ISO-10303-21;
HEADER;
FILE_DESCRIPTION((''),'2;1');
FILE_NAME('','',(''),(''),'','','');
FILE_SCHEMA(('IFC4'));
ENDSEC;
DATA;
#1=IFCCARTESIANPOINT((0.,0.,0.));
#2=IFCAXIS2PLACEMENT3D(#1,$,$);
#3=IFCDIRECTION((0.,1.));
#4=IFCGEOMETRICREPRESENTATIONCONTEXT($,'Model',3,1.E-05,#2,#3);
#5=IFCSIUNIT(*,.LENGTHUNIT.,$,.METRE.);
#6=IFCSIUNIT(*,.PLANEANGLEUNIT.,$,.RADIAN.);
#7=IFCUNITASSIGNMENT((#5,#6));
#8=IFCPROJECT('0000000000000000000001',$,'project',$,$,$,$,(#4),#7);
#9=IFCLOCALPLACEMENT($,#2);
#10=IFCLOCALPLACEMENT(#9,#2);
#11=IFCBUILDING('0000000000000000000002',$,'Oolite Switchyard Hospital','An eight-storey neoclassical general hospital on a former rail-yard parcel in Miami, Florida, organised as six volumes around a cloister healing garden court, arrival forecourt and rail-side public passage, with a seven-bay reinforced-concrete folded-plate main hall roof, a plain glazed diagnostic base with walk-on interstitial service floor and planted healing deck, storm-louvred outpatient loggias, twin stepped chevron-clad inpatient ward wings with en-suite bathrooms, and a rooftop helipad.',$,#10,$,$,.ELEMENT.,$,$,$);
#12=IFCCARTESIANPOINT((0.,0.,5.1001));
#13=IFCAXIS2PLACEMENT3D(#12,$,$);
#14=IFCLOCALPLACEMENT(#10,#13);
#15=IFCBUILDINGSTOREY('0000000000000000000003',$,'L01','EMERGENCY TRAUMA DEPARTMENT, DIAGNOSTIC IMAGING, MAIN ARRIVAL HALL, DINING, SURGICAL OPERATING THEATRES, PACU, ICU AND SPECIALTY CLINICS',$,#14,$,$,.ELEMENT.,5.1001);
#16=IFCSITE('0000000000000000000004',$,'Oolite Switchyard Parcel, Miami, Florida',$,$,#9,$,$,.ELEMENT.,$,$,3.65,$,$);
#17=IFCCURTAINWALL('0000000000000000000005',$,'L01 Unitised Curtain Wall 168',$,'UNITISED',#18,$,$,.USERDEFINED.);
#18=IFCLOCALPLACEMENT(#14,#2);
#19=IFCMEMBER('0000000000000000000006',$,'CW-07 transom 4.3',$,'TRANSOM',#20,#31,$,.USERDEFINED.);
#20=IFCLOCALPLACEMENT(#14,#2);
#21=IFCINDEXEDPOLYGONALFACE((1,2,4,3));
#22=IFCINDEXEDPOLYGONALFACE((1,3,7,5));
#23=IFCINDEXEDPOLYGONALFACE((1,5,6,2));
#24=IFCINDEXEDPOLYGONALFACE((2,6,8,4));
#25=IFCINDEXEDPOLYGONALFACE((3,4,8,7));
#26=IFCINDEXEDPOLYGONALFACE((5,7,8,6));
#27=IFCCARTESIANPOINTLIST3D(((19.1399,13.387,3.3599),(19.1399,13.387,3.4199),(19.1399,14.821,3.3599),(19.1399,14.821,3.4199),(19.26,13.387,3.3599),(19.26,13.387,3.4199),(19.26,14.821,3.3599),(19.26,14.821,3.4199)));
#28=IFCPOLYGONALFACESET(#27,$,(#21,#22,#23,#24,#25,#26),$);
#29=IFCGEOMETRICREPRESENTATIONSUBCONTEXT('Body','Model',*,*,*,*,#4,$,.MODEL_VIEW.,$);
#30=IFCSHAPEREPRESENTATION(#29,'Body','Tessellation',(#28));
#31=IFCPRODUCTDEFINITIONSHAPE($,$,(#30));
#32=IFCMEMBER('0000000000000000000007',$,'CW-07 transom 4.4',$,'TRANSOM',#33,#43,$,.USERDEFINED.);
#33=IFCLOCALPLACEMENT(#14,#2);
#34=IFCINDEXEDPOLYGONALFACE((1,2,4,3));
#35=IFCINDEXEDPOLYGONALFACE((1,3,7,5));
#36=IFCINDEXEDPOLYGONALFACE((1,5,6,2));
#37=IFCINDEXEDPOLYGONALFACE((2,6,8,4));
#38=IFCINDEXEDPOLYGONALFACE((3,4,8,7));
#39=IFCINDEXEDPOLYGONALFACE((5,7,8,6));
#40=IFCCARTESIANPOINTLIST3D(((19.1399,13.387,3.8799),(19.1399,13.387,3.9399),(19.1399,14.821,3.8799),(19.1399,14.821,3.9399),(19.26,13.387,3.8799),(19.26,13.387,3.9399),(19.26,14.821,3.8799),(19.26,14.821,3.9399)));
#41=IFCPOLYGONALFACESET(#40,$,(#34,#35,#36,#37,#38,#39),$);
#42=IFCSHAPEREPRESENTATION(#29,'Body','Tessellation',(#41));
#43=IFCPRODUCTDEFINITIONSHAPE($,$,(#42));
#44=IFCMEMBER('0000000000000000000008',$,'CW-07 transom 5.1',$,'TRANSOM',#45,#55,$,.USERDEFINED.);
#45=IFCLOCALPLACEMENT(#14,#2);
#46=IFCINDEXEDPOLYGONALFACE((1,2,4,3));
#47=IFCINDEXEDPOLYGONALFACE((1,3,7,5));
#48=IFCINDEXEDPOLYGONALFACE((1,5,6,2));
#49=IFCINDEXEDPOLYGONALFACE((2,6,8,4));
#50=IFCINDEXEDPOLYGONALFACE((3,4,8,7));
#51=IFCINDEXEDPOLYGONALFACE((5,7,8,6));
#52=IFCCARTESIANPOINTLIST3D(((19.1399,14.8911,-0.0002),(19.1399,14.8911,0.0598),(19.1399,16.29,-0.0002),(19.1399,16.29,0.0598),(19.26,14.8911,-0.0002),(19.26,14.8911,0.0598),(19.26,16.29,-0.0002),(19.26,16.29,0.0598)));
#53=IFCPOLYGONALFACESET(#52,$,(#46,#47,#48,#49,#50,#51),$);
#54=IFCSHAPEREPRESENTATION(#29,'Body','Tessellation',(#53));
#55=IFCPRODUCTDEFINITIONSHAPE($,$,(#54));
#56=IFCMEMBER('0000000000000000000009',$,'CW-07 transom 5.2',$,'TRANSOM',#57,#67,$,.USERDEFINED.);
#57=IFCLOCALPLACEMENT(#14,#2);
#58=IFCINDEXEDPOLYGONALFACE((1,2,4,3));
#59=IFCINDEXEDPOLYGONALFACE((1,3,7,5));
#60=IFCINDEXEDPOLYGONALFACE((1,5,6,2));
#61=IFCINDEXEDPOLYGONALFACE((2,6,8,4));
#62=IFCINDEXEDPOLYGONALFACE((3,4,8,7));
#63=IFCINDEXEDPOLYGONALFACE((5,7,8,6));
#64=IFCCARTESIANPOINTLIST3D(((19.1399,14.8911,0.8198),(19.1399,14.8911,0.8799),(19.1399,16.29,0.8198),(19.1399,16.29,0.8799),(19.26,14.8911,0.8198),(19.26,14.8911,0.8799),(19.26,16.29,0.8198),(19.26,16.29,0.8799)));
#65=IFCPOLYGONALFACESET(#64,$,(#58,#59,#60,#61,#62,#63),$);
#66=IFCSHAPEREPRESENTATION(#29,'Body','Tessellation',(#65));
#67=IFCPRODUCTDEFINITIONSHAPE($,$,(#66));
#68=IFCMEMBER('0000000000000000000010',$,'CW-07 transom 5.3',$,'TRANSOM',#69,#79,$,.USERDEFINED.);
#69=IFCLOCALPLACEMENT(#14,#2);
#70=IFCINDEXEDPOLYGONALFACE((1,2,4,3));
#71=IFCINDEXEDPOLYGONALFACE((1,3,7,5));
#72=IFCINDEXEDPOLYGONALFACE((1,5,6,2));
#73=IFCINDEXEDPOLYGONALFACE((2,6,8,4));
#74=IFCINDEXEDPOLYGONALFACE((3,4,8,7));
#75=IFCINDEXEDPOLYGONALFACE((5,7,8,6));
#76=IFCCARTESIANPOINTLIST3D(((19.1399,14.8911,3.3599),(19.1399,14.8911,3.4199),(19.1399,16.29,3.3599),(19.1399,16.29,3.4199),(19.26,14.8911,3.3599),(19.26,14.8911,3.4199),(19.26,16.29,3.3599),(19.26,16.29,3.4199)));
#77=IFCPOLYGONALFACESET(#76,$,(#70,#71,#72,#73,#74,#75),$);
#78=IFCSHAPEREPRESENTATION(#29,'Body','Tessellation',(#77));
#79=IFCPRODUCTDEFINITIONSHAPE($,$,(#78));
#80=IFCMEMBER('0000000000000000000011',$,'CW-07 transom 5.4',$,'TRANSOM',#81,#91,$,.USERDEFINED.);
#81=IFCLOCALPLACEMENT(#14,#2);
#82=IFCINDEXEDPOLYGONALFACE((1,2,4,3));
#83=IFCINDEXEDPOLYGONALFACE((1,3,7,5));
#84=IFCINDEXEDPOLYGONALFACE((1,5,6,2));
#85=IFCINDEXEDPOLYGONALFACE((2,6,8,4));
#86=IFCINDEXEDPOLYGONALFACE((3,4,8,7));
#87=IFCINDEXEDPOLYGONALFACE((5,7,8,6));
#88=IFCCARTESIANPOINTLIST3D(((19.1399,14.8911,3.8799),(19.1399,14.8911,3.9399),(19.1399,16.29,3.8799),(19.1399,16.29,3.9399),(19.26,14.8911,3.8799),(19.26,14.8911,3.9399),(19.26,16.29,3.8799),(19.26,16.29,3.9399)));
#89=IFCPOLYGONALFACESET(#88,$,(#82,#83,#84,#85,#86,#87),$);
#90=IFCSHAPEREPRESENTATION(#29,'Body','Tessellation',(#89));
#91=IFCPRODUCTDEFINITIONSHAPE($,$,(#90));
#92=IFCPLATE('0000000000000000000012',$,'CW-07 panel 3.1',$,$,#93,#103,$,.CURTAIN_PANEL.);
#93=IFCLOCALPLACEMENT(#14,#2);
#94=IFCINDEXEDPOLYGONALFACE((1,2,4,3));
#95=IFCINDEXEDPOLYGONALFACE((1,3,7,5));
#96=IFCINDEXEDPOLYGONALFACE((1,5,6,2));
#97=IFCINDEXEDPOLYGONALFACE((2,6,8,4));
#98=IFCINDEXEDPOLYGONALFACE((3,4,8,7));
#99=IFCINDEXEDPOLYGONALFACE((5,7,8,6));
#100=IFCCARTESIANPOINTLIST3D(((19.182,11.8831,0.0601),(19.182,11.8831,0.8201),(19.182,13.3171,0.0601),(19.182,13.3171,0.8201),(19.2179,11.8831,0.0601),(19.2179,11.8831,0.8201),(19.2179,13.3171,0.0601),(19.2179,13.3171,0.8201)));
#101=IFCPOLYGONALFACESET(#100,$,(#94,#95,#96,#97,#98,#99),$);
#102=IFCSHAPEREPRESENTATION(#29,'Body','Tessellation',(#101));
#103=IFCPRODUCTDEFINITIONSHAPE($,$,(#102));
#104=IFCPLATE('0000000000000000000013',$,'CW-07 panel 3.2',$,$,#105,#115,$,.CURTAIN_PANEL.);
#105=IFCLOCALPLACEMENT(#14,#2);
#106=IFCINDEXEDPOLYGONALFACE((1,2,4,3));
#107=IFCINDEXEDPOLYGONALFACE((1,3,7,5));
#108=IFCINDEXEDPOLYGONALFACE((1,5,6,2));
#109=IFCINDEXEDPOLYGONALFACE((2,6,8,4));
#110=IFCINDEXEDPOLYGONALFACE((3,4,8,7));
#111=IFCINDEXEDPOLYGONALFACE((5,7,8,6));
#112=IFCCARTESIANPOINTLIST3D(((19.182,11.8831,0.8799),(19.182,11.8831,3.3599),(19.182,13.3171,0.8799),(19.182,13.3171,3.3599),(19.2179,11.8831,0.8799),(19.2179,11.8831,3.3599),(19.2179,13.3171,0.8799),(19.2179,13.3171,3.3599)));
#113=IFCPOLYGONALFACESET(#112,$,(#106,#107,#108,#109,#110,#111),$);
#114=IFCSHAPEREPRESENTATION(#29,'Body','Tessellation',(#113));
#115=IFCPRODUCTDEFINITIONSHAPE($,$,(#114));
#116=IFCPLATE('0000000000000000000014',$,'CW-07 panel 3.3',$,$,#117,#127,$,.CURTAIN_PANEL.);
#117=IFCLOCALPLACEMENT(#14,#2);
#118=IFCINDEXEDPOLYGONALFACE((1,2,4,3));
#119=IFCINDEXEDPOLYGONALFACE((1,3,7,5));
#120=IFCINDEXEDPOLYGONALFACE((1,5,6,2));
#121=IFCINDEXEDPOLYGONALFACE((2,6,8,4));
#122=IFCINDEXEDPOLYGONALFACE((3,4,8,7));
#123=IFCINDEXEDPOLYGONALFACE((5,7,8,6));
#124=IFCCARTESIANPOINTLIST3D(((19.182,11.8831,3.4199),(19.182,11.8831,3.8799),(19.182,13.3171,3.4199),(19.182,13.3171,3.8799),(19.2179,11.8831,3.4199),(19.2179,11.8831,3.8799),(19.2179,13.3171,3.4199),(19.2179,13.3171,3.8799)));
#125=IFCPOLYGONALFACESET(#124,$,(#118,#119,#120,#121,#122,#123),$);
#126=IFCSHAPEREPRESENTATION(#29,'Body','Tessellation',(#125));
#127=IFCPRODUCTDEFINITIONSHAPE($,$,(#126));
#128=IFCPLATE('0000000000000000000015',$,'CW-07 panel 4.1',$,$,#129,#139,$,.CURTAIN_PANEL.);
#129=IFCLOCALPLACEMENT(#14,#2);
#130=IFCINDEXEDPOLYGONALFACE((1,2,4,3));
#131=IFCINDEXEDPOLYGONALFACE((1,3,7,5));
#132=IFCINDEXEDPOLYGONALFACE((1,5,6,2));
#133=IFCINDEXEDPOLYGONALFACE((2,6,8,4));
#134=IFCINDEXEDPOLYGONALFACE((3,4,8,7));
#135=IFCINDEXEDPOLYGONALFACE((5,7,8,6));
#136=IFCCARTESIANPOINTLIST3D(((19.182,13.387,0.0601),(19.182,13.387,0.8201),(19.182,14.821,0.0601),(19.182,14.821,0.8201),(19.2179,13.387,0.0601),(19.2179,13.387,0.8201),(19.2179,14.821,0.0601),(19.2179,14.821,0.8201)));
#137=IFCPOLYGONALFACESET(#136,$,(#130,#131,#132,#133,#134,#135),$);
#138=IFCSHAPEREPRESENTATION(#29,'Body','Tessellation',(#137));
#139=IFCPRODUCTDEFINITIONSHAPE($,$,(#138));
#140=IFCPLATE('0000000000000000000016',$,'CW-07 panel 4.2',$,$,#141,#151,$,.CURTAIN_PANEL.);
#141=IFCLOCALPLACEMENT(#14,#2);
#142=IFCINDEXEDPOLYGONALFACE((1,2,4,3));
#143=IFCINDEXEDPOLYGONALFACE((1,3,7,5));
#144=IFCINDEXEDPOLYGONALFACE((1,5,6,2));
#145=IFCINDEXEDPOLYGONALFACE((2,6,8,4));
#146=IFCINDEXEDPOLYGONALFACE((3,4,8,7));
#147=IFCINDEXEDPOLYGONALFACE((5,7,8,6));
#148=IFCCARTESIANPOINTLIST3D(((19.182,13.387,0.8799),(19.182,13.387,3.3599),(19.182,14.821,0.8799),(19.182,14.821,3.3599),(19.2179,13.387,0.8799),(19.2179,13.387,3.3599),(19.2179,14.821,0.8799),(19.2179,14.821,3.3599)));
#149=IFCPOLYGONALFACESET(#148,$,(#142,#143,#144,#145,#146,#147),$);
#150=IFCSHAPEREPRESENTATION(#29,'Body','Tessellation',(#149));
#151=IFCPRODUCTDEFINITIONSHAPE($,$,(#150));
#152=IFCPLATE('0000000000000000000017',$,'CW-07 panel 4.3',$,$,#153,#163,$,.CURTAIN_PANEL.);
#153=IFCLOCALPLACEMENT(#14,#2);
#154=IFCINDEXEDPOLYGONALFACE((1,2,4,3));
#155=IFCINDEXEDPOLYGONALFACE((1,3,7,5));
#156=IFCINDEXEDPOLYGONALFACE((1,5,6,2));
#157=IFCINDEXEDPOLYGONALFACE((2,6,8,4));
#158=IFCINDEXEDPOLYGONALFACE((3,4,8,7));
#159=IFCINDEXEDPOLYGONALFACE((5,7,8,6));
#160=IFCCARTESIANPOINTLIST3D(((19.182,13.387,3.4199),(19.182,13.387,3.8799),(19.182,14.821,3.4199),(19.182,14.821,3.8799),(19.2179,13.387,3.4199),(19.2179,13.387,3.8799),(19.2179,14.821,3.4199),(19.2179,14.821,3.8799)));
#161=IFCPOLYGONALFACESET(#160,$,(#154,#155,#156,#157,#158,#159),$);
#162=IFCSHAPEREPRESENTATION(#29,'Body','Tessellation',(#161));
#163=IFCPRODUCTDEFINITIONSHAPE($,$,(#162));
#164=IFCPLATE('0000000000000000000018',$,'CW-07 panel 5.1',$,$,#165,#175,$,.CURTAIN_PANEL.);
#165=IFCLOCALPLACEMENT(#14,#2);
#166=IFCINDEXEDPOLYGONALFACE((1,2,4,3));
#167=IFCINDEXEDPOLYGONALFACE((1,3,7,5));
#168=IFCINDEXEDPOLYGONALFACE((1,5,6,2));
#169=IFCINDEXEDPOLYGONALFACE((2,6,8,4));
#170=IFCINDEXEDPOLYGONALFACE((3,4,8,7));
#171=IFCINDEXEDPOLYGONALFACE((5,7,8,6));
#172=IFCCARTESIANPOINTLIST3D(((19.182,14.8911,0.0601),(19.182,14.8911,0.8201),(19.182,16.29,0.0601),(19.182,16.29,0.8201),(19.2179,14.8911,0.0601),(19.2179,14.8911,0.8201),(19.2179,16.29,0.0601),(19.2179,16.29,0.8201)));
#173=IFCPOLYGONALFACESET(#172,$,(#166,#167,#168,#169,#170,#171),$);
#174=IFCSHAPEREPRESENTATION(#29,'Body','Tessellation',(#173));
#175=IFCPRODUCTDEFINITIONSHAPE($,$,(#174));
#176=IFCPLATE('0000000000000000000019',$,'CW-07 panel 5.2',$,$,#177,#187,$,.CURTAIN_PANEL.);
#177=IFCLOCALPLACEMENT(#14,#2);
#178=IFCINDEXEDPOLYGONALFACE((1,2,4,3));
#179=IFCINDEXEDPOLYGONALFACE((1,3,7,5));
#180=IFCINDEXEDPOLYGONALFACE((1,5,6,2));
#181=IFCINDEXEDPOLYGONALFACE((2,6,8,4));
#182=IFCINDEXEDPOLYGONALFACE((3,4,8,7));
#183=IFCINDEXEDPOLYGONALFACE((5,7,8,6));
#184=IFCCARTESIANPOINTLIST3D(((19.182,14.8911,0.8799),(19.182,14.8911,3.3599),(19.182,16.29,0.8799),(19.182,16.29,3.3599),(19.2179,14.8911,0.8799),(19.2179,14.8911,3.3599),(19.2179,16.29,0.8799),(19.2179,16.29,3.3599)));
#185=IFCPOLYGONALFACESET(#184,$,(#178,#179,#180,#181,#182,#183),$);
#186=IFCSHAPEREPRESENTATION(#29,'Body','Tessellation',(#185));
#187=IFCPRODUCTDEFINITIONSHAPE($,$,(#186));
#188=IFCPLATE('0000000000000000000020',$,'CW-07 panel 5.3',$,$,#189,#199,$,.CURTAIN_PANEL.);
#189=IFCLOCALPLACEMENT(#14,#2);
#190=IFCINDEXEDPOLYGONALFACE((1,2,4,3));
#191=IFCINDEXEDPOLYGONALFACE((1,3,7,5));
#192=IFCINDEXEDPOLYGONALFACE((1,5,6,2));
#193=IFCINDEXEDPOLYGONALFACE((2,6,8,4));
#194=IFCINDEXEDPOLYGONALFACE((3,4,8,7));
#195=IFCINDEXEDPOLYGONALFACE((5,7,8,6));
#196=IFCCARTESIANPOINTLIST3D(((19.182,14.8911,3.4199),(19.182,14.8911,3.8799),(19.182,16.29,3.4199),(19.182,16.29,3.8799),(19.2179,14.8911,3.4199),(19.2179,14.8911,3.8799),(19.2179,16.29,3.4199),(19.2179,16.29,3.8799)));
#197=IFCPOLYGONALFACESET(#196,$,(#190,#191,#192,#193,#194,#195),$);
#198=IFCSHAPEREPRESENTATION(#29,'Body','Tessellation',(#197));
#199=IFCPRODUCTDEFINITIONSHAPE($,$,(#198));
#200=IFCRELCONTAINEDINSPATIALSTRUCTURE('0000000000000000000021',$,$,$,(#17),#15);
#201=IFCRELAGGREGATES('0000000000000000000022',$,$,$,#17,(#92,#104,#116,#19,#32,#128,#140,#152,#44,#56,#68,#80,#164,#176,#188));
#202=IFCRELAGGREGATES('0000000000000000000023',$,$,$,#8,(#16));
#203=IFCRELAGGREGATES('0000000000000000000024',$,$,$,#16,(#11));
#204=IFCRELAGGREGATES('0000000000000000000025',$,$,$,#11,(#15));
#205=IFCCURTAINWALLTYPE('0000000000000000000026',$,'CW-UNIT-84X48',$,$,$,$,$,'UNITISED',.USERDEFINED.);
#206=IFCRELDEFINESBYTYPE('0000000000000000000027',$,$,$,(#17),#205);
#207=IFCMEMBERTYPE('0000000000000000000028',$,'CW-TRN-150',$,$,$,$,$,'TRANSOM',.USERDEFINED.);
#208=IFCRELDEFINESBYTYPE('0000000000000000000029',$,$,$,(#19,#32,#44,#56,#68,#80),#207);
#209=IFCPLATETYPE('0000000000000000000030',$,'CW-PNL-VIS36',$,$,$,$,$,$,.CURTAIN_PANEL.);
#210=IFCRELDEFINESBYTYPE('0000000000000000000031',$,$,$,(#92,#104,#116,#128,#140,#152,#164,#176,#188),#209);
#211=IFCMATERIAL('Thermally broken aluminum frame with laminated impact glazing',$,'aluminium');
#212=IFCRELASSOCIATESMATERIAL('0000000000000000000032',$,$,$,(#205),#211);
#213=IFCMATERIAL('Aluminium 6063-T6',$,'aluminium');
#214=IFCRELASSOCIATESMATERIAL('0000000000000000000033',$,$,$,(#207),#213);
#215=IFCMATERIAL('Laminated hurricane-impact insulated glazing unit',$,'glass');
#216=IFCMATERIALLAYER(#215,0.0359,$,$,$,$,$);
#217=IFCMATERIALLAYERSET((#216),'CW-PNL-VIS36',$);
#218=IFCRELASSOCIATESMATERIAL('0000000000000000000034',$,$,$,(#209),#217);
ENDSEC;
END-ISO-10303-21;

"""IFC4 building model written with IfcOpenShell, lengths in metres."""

from ifc_helpers import new_model, si_unit, direction, frame, origin, origin_2d, place, context, subcontext, project, spatial, rectangle, extrude, material, layer, layer_set, material_profile, profile_set, type_object, element, aggregate, save


model = new_model("IFC4")

# Units and contexts
model_context = context("Model", 3, precision=1e-05, world=origin(), true_north=direction((0.0, 1.0)))
body_context = subcontext(model_context, "Body", "Model", "MODEL_VIEW")
ifc_project = project(units=[si_unit("LENGTHUNIT", "METRE"), si_unit("PLANEANGLEUNIT", "RADIAN")], contexts=[model_context])

# Site, building, storey
site_placement = place(None, origin())
site = spatial("IfcSite", under=ifc_project, at=site_placement, Name="Oolite Switchyard Parcel, Miami, Florida", CompositionType="ELEMENT", RefElevation=3.65)
building_placement = place(site_placement, origin())
building = spatial("IfcBuilding", under=site, at=building_placement, Name="Oolite Switchyard Hospital", Description="An eight-storey neoclassical general hospital on a former rail-yard parcel in Miami, Florida, organised as six volumes around a cloister healing garden court, arrival forecourt and rail-side public passage, with a seven-bay reinforced-concrete folded-plate main hall roof, a plain glazed diagnostic base with walk-on interstitial service floor and planted healing deck, storm-louvred outpatient loggias, twin stepped chevron-clad inpatient ward wings with en-suite bathrooms, and a rooftop helipad.", CompositionType="ELEMENT")
storey_placement = place(building_placement, frame((0.0, 0.0, 5.1001)))
storey = spatial("IfcBuildingStorey", under=building, at=storey_placement, Name="L01", Description="EMERGENCY TRAUMA DEPARTMENT, DIAGNOSTIC IMAGING, MAIN ARRIVAL HALL, DINING, SURGICAL OPERATING THEATRES, PACU, ICU AND SPECIALTY CLINICS", CompositionType="ELEMENT", Elevation=5.1001)

# Curtain wall, members, plates
ifc_material_1 = material(Name="Thermally broken aluminum frame with laminated impact glazing", Category="aluminium")
curtain_wall_type = type_object("IfcCurtainWallType", Name="CW-UNIT-84X48", ElementType="UNITISED", PredefinedType="USERDEFINED", material=ifc_material_1)
curtain_wall_placement = place(storey_placement, origin())
curtain_wall = element("IfcCurtainWall", 1, at=curtain_wall_placement, inside=storey, type_object=curtain_wall_type, Name="L01 Unitised Curtain Wall 168", ObjectType="UNITISED", PredefinedType="USERDEFINED")
ifc_material_2 = material(Name="Aluminium 6063-T6", Category="aluminium")
ifc_material_profile_1 = material_profile(ifc_material_2, rectangle(XDim=0.1201, YDim=0.0601, at=origin_2d()), Name="CWT60X120")
ifc_profile_set_1 = profile_set([ifc_material_profile_1], Name="Aluminium 6063-T6")
member_type_1 = type_object("IfcMemberType", Name="CW-TRN-150", ElementType="TRANSOM", PredefinedType="USERDEFINED", material=ifc_profile_set_1)
member_1_placement = place(storey_placement, frame((19.2, 13.387, 3.3899), z_axis=(0.0, 1.0, 0.0), x_axis=(-1.0, 0.0, 0.0)))
member_1 = element("IfcMember", 2, at=member_1_placement, type_object=member_type_1, Name="CW-07 transom 4.3", ObjectType="TRANSOM", PredefinedType="USERDEFINED", context=body_context, shape_type="SweptSolid", body=[
    extrude(rectangle(XDim=0.1201, YDim=0.0601, at=origin_2d()), origin(), (0.0, 0.0, 1.0), 1.4341),
])
member_2_placement = place(storey_placement, frame((19.2, 13.387, 3.9099), z_axis=(0.0, 1.0, 0.0), x_axis=(-1.0, 0.0, 0.0)))
member_2 = element("IfcMember", 3, at=member_2_placement, type_object=member_type_1, Name="CW-07 transom 4.4", ObjectType="TRANSOM", PredefinedType="USERDEFINED", context=body_context, shape_type="SweptSolid", body=[
    extrude(rectangle(XDim=0.1201, YDim=0.0601, at=origin_2d()), origin(), (0.0, 0.0, 1.0), 1.4341),
])
member_3_placement = place(storey_placement, frame((19.2, 14.8911, 0.0298), z_axis=(0.0, 1.0, 0.0), x_axis=(-1.0, 0.0, 0.0)))
member_3 = element("IfcMember", 4, at=member_3_placement, type_object=member_type_1, Name="CW-07 transom 5.1", ObjectType="TRANSOM", PredefinedType="USERDEFINED", context=body_context, shape_type="SweptSolid", body=[
    extrude(rectangle(XDim=0.1201, YDim=0.0601, at=origin_2d()), origin(), (0.0, 0.0, 1.0), 1.3989),
])
member_4_placement = place(storey_placement, frame((19.2, 14.8911, 0.8499), z_axis=(0.0, 1.0, 0.0), x_axis=(-1.0, 0.0, 0.0)))
member_4 = element("IfcMember", 5, at=member_4_placement, type_object=member_type_1, Name="CW-07 transom 5.2", ObjectType="TRANSOM", PredefinedType="USERDEFINED", context=body_context, shape_type="SweptSolid", body=[
    extrude(rectangle(XDim=0.1201, YDim=0.0601, at=origin_2d()), origin(), (0.0, 0.0, 1.0), 1.3989),
])
member_5_placement = place(storey_placement, frame((19.2, 14.8911, 3.3899), z_axis=(0.0, 1.0, 0.0), x_axis=(-1.0, 0.0, 0.0)))
member_5 = element("IfcMember", 6, at=member_5_placement, type_object=member_type_1, Name="CW-07 transom 5.3", ObjectType="TRANSOM", PredefinedType="USERDEFINED", context=body_context, shape_type="SweptSolid", body=[
    extrude(rectangle(XDim=0.1201, YDim=0.0601, at=origin_2d()), origin(), (0.0, 0.0, 1.0), 1.3989),
])
member_6_placement = place(storey_placement, frame((19.2, 14.8911, 3.9099), z_axis=(0.0, 1.0, 0.0), x_axis=(-1.0, 0.0, 0.0)))
member_6 = element("IfcMember", 7, at=member_6_placement, type_object=member_type_1, Name="CW-07 transom 5.4", ObjectType="TRANSOM", PredefinedType="USERDEFINED", context=body_context, shape_type="SweptSolid", body=[
    extrude(rectangle(XDim=0.1201, YDim=0.0601, at=origin_2d()), origin(), (0.0, 0.0, 1.0), 1.3989),
])
ifc_material_3 = material(Name="Laminated hurricane-impact insulated glazing unit", Category="glass")
ifc_layer = layer(ifc_material_3, 0.0359)
ifc_layer_set = layer_set([ifc_layer], Name="CW-PNL-VIS36")
plate_type = type_object("IfcPlateType", Name="CW-PNL-VIS36", PredefinedType="CURTAIN_PANEL", material=ifc_layer_set)
plate_1_placement = place(storey_placement, frame((19.2, 12.6001, 0.0601), z_axis=(0.0, 0.0, 1.0), x_axis=(0.0, 1.0, 0.0)))
plate_1 = element("IfcPlate", 8, at=plate_1_placement, type_object=plate_type, Name="CW-07 panel 3.1", PredefinedType="CURTAIN_PANEL", context=body_context, shape_type="SweptSolid", body=[
    extrude(rectangle(XDim=1.4341, YDim=0.0359, at=origin_2d()), origin(), (0.0, 0.0, 1.0), 0.76),
])
plate_2_placement = place(storey_placement, frame((19.2, 12.6001, 0.8799), z_axis=(0.0, 0.0, 1.0), x_axis=(0.0, 1.0, 0.0)))
plate_2 = element("IfcPlate", 9, at=plate_2_placement, type_object=plate_type, Name="CW-07 panel 3.2", PredefinedType="CURTAIN_PANEL", context=body_context, shape_type="SweptSolid", body=[
    extrude(rectangle(XDim=1.4341, YDim=0.0359, at=origin_2d()), origin(), (0.0, 0.0, 1.0), 2.48),
])
plate_3_placement = place(storey_placement, frame((19.2, 12.6001, 3.4199), z_axis=(0.0, 0.0, 1.0), x_axis=(0.0, 1.0, 0.0)))
plate_3 = element("IfcPlate", 10, at=plate_3_placement, type_object=plate_type, Name="CW-07 panel 3.3", PredefinedType="CURTAIN_PANEL", context=body_context, shape_type="SweptSolid", body=[
    extrude(rectangle(XDim=1.4341, YDim=0.0359, at=origin_2d()), origin(), (0.0, 0.0, 1.0), 0.46),
])
plate_4_placement = place(storey_placement, frame((19.2, 14.104, 0.0601), z_axis=(0.0, 0.0, 1.0), x_axis=(0.0, 1.0, 0.0)))
plate_4 = element("IfcPlate", 11, at=plate_4_placement, type_object=plate_type, Name="CW-07 panel 4.1", PredefinedType="CURTAIN_PANEL", context=body_context, shape_type="SweptSolid", body=[
    extrude(rectangle(XDim=1.4341, YDim=0.0359, at=origin_2d()), origin(), (0.0, 0.0, 1.0), 0.76),
])
plate_5_placement = place(storey_placement, frame((19.2, 14.104, 0.8799), z_axis=(0.0, 0.0, 1.0), x_axis=(0.0, 1.0, 0.0)))
plate_5 = element("IfcPlate", 12, at=plate_5_placement, type_object=plate_type, Name="CW-07 panel 4.2", PredefinedType="CURTAIN_PANEL", context=body_context, shape_type="SweptSolid", body=[
    extrude(rectangle(XDim=1.4341, YDim=0.0359, at=origin_2d()), origin(), (0.0, 0.0, 1.0), 2.48),
])
plate_6_placement = place(storey_placement, frame((19.2, 14.104, 3.4199), z_axis=(0.0, 0.0, 1.0), x_axis=(0.0, 1.0, 0.0)))
plate_6 = element("IfcPlate", 13, at=plate_6_placement, type_object=plate_type, Name="CW-07 panel 4.3", PredefinedType="CURTAIN_PANEL", context=body_context, shape_type="SweptSolid", body=[
    extrude(rectangle(XDim=1.4341, YDim=0.0359, at=origin_2d()), origin(), (0.0, 0.0, 1.0), 0.46),
])
plate_7_placement = place(storey_placement, frame((19.2, 15.5906, 0.0601), z_axis=(0.0, 0.0, 1.0), x_axis=(0.0, 1.0, 0.0)))
plate_7 = element("IfcPlate", 14, at=plate_7_placement, type_object=plate_type, Name="CW-07 panel 5.1", PredefinedType="CURTAIN_PANEL", context=body_context, shape_type="SweptSolid", body=[
    extrude(rectangle(XDim=1.3989, YDim=0.0359, at=origin_2d()), origin(), (0.0, 0.0, 1.0), 0.76),
])
plate_8_placement = place(storey_placement, frame((19.2, 15.5906, 0.8799), z_axis=(0.0, 0.0, 1.0), x_axis=(0.0, 1.0, 0.0)))
plate_8 = element("IfcPlate", 15, at=plate_8_placement, type_object=plate_type, Name="CW-07 panel 5.2", PredefinedType="CURTAIN_PANEL", context=body_context, shape_type="SweptSolid", body=[
    extrude(rectangle(XDim=1.3989, YDim=0.0359, at=origin_2d()), origin(), (0.0, 0.0, 1.0), 2.48),
])
plate_9_placement = place(storey_placement, frame((19.2, 15.5906, 3.4199), z_axis=(0.0, 0.0, 1.0), x_axis=(0.0, 1.0, 0.0)))
plate_9 = element("IfcPlate", 16, at=plate_9_placement, type_object=plate_type, Name="CW-07 panel 5.3", PredefinedType="CURTAIN_PANEL", context=body_context, shape_type="SweptSolid", body=[
    extrude(rectangle(XDim=1.3989, YDim=0.0359, at=origin_2d()), origin(), (0.0, 0.0, 1.0), 0.46),
])
aggregate(curtain_wall, [plate_1, plate_2, plate_3, member_1, member_2, plate_4, plate_5, plate_6, member_3, member_4, member_5, member_6, plate_7, plate_8, plate_9])

save(model, "model.ifc")
